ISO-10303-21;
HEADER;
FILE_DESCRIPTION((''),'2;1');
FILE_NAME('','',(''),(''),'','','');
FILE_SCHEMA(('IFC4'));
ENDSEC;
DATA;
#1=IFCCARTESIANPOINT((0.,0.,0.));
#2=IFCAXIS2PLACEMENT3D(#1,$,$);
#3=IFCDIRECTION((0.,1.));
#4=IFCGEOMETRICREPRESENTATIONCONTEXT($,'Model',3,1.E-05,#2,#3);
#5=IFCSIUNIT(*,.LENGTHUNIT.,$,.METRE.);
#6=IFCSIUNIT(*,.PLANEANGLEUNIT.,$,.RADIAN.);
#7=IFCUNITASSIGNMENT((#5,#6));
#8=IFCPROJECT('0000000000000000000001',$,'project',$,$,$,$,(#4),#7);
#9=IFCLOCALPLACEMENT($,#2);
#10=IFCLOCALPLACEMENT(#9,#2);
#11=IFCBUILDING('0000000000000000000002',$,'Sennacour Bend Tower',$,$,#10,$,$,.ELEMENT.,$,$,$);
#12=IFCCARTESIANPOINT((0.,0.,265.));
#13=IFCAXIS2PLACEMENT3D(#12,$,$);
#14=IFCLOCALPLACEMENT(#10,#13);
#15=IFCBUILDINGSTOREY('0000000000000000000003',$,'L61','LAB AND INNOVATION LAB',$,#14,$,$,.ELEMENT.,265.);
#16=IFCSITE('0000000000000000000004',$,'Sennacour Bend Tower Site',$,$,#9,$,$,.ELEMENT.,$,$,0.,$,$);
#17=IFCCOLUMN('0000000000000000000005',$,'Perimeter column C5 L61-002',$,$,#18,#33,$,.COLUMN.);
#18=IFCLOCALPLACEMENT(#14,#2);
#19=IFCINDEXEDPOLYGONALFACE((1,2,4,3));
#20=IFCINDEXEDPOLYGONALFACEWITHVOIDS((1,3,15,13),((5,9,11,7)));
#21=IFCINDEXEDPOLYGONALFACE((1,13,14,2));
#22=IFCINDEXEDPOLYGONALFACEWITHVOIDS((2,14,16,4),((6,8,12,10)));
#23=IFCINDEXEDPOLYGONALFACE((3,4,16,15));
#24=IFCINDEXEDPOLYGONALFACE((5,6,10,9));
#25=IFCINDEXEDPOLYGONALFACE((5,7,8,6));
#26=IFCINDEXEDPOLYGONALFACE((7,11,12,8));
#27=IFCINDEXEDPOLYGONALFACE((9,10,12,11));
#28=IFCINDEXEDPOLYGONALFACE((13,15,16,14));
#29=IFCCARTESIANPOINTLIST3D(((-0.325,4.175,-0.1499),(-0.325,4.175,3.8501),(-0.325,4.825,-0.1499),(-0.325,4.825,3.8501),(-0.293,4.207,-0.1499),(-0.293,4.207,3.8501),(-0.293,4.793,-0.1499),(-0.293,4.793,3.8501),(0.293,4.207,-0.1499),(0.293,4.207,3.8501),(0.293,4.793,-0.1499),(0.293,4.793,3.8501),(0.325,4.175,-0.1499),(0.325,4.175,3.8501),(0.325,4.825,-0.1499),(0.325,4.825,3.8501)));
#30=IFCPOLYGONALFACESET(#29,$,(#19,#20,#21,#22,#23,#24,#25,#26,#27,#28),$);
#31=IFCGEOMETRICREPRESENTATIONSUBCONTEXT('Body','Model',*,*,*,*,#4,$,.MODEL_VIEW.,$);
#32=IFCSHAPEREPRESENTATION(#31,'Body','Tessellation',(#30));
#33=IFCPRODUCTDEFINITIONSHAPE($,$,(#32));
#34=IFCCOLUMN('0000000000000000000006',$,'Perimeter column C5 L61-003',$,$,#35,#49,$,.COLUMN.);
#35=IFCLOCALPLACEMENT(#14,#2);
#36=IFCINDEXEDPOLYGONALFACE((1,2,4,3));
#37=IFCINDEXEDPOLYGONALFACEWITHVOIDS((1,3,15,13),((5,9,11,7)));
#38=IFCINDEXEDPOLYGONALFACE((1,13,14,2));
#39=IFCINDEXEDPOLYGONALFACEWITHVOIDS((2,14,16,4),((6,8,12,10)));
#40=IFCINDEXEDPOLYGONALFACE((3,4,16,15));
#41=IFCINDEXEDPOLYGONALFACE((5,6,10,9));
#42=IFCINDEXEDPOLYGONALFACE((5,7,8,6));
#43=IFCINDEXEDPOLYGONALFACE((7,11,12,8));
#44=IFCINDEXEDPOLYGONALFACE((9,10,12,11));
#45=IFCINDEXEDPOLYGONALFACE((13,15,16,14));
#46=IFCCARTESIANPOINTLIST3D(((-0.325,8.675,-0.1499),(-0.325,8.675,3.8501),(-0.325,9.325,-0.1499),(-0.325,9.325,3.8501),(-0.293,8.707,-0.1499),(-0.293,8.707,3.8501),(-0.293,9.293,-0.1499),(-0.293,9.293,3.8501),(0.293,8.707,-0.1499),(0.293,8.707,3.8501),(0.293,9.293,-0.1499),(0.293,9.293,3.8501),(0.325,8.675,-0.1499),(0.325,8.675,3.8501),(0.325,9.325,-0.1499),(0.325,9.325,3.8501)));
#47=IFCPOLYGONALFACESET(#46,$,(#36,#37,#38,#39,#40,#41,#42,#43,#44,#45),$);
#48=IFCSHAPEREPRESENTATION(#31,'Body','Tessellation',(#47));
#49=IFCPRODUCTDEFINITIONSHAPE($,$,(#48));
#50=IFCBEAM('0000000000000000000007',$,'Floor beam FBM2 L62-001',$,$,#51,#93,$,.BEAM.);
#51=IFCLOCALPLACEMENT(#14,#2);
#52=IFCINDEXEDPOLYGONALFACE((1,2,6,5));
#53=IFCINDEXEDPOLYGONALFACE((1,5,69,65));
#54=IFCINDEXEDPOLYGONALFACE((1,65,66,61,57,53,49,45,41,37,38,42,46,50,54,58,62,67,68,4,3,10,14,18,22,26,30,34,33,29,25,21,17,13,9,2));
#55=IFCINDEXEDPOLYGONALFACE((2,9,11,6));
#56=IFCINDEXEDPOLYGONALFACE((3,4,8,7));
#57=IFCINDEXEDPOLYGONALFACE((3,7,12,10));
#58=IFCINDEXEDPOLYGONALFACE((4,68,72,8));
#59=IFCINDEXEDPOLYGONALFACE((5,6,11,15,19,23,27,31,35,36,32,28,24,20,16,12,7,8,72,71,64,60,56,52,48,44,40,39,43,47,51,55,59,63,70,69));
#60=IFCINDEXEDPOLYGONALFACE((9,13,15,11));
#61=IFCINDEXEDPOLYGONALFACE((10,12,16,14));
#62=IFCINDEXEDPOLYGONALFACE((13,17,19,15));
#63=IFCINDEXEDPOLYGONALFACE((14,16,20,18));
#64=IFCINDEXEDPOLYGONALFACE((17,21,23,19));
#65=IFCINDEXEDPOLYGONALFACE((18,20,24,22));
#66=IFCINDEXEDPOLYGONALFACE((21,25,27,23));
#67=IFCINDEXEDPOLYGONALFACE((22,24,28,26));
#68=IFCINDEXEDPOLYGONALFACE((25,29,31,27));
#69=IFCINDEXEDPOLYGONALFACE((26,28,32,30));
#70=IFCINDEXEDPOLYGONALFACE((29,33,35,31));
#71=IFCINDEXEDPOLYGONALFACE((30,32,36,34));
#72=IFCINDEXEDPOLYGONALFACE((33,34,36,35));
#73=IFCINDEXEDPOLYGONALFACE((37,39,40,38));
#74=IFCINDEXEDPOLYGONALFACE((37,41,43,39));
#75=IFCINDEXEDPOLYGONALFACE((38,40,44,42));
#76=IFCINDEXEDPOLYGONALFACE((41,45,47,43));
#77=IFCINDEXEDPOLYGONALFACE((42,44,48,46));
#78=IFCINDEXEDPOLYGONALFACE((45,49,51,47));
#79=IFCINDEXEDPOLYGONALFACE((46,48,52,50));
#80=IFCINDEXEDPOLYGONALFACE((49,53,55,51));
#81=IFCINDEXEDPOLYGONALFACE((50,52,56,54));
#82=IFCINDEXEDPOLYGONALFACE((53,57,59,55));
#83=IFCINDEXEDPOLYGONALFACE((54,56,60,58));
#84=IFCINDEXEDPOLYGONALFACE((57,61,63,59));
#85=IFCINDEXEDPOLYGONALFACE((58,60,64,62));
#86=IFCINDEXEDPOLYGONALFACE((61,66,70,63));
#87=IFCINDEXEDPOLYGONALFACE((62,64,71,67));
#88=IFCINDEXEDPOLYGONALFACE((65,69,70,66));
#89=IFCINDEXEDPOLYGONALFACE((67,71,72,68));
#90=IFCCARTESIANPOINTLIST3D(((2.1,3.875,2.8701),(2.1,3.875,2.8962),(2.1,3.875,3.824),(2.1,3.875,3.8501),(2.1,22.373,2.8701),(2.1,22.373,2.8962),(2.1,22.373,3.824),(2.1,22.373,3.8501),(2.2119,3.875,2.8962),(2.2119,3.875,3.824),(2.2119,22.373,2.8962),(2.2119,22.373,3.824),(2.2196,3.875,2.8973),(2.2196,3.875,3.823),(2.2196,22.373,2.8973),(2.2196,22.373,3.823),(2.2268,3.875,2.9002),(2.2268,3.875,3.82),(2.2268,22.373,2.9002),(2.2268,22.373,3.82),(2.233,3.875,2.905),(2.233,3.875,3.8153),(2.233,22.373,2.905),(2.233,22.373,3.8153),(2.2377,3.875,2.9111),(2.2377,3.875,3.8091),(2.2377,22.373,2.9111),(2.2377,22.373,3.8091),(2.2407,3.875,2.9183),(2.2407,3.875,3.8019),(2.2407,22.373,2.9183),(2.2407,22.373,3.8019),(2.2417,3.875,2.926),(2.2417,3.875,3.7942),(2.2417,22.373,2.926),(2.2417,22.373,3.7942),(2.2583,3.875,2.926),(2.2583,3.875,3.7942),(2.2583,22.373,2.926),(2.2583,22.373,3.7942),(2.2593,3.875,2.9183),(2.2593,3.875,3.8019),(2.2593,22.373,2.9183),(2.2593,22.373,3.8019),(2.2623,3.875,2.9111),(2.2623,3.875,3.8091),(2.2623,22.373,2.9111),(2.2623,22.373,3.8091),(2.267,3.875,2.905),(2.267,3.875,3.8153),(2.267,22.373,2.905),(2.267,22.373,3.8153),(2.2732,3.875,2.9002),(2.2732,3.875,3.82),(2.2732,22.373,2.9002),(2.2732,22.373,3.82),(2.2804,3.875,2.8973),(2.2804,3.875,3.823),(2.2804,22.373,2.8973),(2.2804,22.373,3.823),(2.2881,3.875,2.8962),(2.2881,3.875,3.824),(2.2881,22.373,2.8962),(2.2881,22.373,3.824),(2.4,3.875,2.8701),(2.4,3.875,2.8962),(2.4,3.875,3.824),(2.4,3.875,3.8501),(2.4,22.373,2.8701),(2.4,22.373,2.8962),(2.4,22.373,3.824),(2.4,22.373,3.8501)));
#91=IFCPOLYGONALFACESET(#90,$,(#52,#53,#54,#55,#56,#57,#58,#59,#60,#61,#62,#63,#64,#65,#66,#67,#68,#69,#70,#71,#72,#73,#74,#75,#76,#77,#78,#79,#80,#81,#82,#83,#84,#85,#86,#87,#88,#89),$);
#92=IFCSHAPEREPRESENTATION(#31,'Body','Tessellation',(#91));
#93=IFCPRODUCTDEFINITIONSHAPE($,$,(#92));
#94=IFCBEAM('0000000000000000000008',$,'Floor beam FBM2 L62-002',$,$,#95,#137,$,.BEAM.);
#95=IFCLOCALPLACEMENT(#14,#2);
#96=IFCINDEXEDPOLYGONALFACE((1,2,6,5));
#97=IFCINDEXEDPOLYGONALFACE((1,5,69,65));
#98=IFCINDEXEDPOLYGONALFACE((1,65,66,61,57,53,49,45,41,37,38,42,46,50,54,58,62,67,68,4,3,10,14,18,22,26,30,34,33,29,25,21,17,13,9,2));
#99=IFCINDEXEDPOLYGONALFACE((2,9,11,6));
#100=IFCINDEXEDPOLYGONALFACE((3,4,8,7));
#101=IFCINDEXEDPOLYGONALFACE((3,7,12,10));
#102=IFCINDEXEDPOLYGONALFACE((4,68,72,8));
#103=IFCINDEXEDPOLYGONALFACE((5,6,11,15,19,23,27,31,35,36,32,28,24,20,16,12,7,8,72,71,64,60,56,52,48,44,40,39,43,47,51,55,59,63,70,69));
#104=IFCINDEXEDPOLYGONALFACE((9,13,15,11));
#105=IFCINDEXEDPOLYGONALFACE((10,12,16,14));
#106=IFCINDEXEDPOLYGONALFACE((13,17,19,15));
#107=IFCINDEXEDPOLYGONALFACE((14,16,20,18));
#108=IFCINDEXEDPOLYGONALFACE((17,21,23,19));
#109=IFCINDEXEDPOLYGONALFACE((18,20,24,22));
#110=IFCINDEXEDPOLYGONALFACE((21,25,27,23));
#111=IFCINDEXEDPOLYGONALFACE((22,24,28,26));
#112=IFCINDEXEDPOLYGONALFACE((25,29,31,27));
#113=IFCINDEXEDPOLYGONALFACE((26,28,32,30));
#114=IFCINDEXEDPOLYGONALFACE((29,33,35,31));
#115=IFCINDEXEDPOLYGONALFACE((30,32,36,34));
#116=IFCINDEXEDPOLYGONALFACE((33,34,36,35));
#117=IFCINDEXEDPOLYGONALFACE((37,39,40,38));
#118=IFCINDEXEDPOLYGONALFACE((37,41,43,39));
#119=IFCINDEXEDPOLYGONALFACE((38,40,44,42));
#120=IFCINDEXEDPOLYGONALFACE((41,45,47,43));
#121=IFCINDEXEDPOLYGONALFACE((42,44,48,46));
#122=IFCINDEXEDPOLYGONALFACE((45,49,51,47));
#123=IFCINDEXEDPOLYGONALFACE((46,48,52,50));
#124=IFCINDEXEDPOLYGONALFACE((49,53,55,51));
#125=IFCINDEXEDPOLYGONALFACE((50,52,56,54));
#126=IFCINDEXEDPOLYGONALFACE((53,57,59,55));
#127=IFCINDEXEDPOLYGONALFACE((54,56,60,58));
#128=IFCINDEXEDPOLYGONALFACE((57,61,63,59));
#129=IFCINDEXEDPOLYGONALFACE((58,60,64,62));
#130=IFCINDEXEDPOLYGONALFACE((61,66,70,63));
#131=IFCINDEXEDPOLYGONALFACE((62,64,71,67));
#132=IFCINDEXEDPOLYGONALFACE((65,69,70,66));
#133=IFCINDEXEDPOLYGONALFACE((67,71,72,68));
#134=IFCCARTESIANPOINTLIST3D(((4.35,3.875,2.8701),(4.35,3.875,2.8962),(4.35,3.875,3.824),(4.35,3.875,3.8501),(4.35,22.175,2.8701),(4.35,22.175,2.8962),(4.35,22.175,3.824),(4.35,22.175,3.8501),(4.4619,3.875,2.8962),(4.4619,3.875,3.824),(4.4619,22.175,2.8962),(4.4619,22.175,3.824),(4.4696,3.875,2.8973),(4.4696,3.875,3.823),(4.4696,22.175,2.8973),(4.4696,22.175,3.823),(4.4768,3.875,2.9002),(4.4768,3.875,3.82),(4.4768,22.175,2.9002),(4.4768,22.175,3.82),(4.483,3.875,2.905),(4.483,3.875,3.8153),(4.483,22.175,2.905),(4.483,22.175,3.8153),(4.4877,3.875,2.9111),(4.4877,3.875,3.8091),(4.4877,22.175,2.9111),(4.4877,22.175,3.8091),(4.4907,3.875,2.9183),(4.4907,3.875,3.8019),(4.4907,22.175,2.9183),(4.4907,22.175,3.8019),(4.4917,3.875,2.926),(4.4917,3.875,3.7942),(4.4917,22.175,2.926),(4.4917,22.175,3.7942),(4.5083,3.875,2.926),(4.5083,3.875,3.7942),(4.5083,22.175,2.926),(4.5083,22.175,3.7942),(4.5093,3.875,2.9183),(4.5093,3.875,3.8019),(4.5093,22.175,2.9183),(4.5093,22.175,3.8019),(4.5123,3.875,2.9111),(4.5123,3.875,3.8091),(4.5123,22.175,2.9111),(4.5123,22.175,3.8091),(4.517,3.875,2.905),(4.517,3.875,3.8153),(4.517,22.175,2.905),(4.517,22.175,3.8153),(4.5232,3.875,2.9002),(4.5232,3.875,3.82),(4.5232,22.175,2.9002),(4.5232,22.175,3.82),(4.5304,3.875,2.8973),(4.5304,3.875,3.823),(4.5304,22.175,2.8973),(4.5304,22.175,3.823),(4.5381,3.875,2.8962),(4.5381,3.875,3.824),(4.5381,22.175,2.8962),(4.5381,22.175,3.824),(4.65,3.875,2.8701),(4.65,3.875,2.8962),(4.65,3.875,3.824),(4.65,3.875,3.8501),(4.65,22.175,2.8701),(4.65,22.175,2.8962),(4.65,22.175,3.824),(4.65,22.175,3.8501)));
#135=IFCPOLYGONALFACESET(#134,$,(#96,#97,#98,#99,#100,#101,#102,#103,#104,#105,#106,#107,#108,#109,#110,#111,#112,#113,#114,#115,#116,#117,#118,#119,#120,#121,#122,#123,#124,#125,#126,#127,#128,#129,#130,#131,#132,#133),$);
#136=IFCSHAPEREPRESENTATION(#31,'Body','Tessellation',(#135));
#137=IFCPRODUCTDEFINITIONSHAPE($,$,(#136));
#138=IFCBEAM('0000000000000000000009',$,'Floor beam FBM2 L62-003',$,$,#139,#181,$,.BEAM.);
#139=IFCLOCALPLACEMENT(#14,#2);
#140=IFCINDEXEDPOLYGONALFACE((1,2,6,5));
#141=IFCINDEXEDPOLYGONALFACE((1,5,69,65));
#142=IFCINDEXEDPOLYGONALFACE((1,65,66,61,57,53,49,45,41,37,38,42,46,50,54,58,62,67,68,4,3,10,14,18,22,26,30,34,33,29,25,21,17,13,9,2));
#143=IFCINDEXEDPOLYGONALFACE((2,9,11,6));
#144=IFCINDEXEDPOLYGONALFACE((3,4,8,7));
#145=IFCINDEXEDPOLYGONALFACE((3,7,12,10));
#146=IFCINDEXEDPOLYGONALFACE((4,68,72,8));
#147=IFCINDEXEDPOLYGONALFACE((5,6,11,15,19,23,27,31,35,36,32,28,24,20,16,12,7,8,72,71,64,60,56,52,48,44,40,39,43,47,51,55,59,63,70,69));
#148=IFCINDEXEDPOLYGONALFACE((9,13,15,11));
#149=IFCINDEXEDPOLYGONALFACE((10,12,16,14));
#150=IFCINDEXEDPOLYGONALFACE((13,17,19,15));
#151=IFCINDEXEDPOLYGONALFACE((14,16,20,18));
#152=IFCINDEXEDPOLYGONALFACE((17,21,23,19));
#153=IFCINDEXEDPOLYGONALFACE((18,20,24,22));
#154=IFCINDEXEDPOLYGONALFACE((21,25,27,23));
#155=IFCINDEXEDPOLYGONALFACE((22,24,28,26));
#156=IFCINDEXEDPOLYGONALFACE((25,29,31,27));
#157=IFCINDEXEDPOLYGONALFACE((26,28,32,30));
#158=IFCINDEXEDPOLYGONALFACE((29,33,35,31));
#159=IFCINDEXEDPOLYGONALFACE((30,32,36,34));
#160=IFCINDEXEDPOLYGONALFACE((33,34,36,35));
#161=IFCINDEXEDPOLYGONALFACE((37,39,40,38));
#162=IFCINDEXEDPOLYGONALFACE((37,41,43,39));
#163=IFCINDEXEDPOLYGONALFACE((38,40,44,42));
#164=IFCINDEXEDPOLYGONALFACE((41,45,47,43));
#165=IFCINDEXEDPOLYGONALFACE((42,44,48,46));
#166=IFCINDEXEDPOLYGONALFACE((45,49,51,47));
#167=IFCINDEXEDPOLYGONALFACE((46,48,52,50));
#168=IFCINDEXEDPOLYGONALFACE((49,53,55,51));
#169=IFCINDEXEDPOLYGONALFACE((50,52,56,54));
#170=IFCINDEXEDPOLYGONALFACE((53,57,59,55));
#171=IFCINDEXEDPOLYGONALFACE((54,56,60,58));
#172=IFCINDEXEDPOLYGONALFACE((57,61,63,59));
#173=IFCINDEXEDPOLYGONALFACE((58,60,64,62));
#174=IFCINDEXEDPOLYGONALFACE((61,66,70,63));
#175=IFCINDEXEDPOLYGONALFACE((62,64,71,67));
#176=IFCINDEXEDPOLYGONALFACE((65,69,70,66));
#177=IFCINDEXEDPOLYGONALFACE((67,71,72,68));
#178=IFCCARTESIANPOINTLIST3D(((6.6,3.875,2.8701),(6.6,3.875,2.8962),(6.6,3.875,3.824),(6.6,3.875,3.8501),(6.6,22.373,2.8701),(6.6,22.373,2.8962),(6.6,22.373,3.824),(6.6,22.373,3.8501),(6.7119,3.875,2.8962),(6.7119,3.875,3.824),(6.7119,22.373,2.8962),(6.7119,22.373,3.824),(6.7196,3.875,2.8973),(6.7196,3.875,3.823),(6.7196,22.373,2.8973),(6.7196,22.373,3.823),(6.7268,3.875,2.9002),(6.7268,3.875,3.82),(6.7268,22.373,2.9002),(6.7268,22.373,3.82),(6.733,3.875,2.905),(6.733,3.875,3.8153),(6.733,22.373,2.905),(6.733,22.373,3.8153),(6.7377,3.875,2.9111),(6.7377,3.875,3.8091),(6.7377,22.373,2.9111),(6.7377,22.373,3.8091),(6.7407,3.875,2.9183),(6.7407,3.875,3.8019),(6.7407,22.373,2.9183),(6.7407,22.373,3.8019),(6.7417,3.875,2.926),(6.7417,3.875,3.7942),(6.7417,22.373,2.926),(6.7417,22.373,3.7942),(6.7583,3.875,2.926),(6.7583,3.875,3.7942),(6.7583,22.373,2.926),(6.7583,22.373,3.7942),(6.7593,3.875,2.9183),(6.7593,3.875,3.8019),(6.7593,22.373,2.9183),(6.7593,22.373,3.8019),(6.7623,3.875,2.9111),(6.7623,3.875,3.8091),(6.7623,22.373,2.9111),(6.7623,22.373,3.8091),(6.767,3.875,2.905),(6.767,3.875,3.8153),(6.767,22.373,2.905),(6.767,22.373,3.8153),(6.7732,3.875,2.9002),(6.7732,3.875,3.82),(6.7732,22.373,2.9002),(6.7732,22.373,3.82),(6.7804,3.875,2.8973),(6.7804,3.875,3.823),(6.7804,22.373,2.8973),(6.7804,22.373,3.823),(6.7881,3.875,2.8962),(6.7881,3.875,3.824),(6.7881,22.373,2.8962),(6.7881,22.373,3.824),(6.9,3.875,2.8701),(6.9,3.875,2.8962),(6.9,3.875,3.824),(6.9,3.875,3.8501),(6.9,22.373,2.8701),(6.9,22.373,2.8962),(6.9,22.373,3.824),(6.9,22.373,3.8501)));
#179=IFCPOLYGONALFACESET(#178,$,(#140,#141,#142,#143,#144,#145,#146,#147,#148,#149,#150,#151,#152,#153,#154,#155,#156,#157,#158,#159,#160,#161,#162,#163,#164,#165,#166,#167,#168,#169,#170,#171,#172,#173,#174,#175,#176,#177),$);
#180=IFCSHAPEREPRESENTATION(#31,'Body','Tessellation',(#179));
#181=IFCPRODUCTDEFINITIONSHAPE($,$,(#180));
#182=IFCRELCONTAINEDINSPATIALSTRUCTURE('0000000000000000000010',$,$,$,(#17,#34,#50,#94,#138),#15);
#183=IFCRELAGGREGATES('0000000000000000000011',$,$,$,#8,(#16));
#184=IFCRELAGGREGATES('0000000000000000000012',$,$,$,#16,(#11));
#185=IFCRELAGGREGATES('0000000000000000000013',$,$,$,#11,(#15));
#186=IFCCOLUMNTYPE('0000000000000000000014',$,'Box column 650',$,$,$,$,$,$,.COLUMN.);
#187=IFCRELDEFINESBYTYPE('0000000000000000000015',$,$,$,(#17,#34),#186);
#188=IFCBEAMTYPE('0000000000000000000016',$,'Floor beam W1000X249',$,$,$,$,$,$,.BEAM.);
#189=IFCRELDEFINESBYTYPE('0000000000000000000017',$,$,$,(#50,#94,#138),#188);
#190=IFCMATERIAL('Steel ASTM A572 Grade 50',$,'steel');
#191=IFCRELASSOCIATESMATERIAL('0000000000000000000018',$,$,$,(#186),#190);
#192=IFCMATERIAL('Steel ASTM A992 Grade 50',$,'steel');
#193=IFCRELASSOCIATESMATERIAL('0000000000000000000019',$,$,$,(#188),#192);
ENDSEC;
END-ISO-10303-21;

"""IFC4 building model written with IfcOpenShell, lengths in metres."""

from ifc_helpers import new_model, si_unit, direction, frame, origin, origin_2d, place, context, subcontext, project, spatial, hollow_rectangle, i_section, extrude, material, material_profile, profile_set, type_object, element, save


model = new_model("IFC4")

# Units and contexts
model_context = context("Model", 3, precision=1e-05, world=origin(), true_north=direction((0.0, 1.0)))
body_context = subcontext(model_context, "Body", "Model", "MODEL_VIEW")
ifc_project = project(units=[si_unit("LENGTHUNIT", "METRE"), si_unit("PLANEANGLEUNIT", "RADIAN")], contexts=[model_context])

# Site, building, storey
site_placement = place(None, origin())
site = spatial("IfcSite", under=ifc_project, at=site_placement, Name="Sennacour Bend Tower Site", CompositionType="ELEMENT", RefElevation=0.0)
building_placement = place(site_placement, origin())
building = spatial("IfcBuilding", under=site, at=building_placement, Name="Sennacour Bend Tower", CompositionType="ELEMENT")
storey_placement = place(building_placement, frame((0.0, 0.0, 265.0)))
storey = spatial("IfcBuildingStorey", under=building, at=storey_placement, Name="L61", Description="LAB AND INNOVATION LAB", CompositionType="ELEMENT", Elevation=265.0)

# Columns
ifc_material_1 = material(Name="Steel ASTM A572 Grade 50", Category="steel")
ifc_material_profile_1 = material_profile(ifc_material_1, hollow_rectangle(XDim=0.6499, YDim=0.6499, WallThickness=0.032, at=origin_2d()), Name="Steel ASTM A572 Grade 50", Category="steel")
ifc_profile_set_1 = profile_set([ifc_material_profile_1], Name="Steel ASTM A572 Grade 50")
column_type = type_object("IfcColumnType", Name="Box column 650", PredefinedType="COLUMN", material=ifc_profile_set_1)
for number, where, z_axis, x_axis, name in (
    (1, (0.0, 4.5, -0.1499), (0.0, 0.0, 1.0), (1.0, 0.0, 0.0), "Perimeter column C5 L61-002"),
    (2, (0.0, 9.0, -0.1499), (0.0, 0.0, 1.0), (1.0, 0.0, 0.0), "Perimeter column C5 L61-003"),
):
    element("IfcColumn", number, at=place(storey_placement, frame(where, z_axis=z_axis, x_axis=x_axis)), inside=storey, type_object=column_type, Name=name, PredefinedType="COLUMN", context=body_context, shape_type="SweptSolid", body=[
        extrude(hollow_rectangle(XDim=0.6499, YDim=0.6499, WallThickness=0.032, at=origin_2d()), origin(), (0.0, 0.0, 1.0), 4.0),
    ])

# Beams
ifc_material_2 = material(Name="Steel ASTM A992 Grade 50", Category="steel")
ifc_material_profile_2 = material_profile(ifc_material_2, i_section(OverallWidth=0.3, OverallDepth=0.98, WebThickness=0.0166, FlangeThickness=0.0261, FilletRadius=0.0298, at=origin_2d()), Name="Steel ASTM A992 Grade 50", Category="steel")
ifc_profile_set_2 = profile_set([ifc_material_profile_2], Name="Steel ASTM A992 Grade 50")
beam_type_1 = type_object("IfcBeamType", Name="Floor beam W1000X249", PredefinedType="BEAM", material=ifc_profile_set_2)
beam_1_placement = place(storey_placement, frame((2.25, 3.875, 3.3601), z_axis=(0.0, 1.0, 0.0), x_axis=(-1.0, 0.0, 0.0)))
element("IfcBeam", 3, at=beam_1_placement, inside=storey, type_object=beam_type_1, Name="Floor beam FBM2 L62-001", PredefinedType="BEAM", context=body_context, shape_type="SweptSolid", body=[
    extrude(i_section(OverallWidth=0.3, OverallDepth=0.98, WebThickness=0.0166, FlangeThickness=0.0261, FilletRadius=0.0298, at=origin_2d()), origin(), (0.0, 0.0, 1.0), 18.498),
])
beam_2_placement = place(storey_placement, frame((4.5, 3.875, 3.3601), z_axis=(0.0, 1.0, 0.0), x_axis=(-1.0, 0.0, 0.0)))
element("IfcBeam", 4, at=beam_2_placement, inside=storey, type_object=beam_type_1, Name="Floor beam FBM2 L62-002", PredefinedType="BEAM", context=body_context, shape_type="SweptSolid", body=[
    extrude(i_section(OverallWidth=0.3, OverallDepth=0.98, WebThickness=0.0166, FlangeThickness=0.0261, FilletRadius=0.0298, at=origin_2d()), origin(), (0.0, 0.0, 1.0), 18.3),
])
beam_3_placement = place(storey_placement, frame((6.75, 3.875, 3.3601), z_axis=(0.0, 1.0, 0.0), x_axis=(-1.0, 0.0, 0.0)))
element("IfcBeam", 5, at=beam_3_placement, inside=storey, type_object=beam_type_1, Name="Floor beam FBM2 L62-003", PredefinedType="BEAM", context=body_context, shape_type="SweptSolid", body=[
    extrude(i_section(OverallWidth=0.3, OverallDepth=0.98, WebThickness=0.0166, FlangeThickness=0.0261, FilletRadius=0.0298, at=origin_2d()), origin(), (0.0, 0.0, 1.0), 18.498),
])

save(model, "model.ifc")
